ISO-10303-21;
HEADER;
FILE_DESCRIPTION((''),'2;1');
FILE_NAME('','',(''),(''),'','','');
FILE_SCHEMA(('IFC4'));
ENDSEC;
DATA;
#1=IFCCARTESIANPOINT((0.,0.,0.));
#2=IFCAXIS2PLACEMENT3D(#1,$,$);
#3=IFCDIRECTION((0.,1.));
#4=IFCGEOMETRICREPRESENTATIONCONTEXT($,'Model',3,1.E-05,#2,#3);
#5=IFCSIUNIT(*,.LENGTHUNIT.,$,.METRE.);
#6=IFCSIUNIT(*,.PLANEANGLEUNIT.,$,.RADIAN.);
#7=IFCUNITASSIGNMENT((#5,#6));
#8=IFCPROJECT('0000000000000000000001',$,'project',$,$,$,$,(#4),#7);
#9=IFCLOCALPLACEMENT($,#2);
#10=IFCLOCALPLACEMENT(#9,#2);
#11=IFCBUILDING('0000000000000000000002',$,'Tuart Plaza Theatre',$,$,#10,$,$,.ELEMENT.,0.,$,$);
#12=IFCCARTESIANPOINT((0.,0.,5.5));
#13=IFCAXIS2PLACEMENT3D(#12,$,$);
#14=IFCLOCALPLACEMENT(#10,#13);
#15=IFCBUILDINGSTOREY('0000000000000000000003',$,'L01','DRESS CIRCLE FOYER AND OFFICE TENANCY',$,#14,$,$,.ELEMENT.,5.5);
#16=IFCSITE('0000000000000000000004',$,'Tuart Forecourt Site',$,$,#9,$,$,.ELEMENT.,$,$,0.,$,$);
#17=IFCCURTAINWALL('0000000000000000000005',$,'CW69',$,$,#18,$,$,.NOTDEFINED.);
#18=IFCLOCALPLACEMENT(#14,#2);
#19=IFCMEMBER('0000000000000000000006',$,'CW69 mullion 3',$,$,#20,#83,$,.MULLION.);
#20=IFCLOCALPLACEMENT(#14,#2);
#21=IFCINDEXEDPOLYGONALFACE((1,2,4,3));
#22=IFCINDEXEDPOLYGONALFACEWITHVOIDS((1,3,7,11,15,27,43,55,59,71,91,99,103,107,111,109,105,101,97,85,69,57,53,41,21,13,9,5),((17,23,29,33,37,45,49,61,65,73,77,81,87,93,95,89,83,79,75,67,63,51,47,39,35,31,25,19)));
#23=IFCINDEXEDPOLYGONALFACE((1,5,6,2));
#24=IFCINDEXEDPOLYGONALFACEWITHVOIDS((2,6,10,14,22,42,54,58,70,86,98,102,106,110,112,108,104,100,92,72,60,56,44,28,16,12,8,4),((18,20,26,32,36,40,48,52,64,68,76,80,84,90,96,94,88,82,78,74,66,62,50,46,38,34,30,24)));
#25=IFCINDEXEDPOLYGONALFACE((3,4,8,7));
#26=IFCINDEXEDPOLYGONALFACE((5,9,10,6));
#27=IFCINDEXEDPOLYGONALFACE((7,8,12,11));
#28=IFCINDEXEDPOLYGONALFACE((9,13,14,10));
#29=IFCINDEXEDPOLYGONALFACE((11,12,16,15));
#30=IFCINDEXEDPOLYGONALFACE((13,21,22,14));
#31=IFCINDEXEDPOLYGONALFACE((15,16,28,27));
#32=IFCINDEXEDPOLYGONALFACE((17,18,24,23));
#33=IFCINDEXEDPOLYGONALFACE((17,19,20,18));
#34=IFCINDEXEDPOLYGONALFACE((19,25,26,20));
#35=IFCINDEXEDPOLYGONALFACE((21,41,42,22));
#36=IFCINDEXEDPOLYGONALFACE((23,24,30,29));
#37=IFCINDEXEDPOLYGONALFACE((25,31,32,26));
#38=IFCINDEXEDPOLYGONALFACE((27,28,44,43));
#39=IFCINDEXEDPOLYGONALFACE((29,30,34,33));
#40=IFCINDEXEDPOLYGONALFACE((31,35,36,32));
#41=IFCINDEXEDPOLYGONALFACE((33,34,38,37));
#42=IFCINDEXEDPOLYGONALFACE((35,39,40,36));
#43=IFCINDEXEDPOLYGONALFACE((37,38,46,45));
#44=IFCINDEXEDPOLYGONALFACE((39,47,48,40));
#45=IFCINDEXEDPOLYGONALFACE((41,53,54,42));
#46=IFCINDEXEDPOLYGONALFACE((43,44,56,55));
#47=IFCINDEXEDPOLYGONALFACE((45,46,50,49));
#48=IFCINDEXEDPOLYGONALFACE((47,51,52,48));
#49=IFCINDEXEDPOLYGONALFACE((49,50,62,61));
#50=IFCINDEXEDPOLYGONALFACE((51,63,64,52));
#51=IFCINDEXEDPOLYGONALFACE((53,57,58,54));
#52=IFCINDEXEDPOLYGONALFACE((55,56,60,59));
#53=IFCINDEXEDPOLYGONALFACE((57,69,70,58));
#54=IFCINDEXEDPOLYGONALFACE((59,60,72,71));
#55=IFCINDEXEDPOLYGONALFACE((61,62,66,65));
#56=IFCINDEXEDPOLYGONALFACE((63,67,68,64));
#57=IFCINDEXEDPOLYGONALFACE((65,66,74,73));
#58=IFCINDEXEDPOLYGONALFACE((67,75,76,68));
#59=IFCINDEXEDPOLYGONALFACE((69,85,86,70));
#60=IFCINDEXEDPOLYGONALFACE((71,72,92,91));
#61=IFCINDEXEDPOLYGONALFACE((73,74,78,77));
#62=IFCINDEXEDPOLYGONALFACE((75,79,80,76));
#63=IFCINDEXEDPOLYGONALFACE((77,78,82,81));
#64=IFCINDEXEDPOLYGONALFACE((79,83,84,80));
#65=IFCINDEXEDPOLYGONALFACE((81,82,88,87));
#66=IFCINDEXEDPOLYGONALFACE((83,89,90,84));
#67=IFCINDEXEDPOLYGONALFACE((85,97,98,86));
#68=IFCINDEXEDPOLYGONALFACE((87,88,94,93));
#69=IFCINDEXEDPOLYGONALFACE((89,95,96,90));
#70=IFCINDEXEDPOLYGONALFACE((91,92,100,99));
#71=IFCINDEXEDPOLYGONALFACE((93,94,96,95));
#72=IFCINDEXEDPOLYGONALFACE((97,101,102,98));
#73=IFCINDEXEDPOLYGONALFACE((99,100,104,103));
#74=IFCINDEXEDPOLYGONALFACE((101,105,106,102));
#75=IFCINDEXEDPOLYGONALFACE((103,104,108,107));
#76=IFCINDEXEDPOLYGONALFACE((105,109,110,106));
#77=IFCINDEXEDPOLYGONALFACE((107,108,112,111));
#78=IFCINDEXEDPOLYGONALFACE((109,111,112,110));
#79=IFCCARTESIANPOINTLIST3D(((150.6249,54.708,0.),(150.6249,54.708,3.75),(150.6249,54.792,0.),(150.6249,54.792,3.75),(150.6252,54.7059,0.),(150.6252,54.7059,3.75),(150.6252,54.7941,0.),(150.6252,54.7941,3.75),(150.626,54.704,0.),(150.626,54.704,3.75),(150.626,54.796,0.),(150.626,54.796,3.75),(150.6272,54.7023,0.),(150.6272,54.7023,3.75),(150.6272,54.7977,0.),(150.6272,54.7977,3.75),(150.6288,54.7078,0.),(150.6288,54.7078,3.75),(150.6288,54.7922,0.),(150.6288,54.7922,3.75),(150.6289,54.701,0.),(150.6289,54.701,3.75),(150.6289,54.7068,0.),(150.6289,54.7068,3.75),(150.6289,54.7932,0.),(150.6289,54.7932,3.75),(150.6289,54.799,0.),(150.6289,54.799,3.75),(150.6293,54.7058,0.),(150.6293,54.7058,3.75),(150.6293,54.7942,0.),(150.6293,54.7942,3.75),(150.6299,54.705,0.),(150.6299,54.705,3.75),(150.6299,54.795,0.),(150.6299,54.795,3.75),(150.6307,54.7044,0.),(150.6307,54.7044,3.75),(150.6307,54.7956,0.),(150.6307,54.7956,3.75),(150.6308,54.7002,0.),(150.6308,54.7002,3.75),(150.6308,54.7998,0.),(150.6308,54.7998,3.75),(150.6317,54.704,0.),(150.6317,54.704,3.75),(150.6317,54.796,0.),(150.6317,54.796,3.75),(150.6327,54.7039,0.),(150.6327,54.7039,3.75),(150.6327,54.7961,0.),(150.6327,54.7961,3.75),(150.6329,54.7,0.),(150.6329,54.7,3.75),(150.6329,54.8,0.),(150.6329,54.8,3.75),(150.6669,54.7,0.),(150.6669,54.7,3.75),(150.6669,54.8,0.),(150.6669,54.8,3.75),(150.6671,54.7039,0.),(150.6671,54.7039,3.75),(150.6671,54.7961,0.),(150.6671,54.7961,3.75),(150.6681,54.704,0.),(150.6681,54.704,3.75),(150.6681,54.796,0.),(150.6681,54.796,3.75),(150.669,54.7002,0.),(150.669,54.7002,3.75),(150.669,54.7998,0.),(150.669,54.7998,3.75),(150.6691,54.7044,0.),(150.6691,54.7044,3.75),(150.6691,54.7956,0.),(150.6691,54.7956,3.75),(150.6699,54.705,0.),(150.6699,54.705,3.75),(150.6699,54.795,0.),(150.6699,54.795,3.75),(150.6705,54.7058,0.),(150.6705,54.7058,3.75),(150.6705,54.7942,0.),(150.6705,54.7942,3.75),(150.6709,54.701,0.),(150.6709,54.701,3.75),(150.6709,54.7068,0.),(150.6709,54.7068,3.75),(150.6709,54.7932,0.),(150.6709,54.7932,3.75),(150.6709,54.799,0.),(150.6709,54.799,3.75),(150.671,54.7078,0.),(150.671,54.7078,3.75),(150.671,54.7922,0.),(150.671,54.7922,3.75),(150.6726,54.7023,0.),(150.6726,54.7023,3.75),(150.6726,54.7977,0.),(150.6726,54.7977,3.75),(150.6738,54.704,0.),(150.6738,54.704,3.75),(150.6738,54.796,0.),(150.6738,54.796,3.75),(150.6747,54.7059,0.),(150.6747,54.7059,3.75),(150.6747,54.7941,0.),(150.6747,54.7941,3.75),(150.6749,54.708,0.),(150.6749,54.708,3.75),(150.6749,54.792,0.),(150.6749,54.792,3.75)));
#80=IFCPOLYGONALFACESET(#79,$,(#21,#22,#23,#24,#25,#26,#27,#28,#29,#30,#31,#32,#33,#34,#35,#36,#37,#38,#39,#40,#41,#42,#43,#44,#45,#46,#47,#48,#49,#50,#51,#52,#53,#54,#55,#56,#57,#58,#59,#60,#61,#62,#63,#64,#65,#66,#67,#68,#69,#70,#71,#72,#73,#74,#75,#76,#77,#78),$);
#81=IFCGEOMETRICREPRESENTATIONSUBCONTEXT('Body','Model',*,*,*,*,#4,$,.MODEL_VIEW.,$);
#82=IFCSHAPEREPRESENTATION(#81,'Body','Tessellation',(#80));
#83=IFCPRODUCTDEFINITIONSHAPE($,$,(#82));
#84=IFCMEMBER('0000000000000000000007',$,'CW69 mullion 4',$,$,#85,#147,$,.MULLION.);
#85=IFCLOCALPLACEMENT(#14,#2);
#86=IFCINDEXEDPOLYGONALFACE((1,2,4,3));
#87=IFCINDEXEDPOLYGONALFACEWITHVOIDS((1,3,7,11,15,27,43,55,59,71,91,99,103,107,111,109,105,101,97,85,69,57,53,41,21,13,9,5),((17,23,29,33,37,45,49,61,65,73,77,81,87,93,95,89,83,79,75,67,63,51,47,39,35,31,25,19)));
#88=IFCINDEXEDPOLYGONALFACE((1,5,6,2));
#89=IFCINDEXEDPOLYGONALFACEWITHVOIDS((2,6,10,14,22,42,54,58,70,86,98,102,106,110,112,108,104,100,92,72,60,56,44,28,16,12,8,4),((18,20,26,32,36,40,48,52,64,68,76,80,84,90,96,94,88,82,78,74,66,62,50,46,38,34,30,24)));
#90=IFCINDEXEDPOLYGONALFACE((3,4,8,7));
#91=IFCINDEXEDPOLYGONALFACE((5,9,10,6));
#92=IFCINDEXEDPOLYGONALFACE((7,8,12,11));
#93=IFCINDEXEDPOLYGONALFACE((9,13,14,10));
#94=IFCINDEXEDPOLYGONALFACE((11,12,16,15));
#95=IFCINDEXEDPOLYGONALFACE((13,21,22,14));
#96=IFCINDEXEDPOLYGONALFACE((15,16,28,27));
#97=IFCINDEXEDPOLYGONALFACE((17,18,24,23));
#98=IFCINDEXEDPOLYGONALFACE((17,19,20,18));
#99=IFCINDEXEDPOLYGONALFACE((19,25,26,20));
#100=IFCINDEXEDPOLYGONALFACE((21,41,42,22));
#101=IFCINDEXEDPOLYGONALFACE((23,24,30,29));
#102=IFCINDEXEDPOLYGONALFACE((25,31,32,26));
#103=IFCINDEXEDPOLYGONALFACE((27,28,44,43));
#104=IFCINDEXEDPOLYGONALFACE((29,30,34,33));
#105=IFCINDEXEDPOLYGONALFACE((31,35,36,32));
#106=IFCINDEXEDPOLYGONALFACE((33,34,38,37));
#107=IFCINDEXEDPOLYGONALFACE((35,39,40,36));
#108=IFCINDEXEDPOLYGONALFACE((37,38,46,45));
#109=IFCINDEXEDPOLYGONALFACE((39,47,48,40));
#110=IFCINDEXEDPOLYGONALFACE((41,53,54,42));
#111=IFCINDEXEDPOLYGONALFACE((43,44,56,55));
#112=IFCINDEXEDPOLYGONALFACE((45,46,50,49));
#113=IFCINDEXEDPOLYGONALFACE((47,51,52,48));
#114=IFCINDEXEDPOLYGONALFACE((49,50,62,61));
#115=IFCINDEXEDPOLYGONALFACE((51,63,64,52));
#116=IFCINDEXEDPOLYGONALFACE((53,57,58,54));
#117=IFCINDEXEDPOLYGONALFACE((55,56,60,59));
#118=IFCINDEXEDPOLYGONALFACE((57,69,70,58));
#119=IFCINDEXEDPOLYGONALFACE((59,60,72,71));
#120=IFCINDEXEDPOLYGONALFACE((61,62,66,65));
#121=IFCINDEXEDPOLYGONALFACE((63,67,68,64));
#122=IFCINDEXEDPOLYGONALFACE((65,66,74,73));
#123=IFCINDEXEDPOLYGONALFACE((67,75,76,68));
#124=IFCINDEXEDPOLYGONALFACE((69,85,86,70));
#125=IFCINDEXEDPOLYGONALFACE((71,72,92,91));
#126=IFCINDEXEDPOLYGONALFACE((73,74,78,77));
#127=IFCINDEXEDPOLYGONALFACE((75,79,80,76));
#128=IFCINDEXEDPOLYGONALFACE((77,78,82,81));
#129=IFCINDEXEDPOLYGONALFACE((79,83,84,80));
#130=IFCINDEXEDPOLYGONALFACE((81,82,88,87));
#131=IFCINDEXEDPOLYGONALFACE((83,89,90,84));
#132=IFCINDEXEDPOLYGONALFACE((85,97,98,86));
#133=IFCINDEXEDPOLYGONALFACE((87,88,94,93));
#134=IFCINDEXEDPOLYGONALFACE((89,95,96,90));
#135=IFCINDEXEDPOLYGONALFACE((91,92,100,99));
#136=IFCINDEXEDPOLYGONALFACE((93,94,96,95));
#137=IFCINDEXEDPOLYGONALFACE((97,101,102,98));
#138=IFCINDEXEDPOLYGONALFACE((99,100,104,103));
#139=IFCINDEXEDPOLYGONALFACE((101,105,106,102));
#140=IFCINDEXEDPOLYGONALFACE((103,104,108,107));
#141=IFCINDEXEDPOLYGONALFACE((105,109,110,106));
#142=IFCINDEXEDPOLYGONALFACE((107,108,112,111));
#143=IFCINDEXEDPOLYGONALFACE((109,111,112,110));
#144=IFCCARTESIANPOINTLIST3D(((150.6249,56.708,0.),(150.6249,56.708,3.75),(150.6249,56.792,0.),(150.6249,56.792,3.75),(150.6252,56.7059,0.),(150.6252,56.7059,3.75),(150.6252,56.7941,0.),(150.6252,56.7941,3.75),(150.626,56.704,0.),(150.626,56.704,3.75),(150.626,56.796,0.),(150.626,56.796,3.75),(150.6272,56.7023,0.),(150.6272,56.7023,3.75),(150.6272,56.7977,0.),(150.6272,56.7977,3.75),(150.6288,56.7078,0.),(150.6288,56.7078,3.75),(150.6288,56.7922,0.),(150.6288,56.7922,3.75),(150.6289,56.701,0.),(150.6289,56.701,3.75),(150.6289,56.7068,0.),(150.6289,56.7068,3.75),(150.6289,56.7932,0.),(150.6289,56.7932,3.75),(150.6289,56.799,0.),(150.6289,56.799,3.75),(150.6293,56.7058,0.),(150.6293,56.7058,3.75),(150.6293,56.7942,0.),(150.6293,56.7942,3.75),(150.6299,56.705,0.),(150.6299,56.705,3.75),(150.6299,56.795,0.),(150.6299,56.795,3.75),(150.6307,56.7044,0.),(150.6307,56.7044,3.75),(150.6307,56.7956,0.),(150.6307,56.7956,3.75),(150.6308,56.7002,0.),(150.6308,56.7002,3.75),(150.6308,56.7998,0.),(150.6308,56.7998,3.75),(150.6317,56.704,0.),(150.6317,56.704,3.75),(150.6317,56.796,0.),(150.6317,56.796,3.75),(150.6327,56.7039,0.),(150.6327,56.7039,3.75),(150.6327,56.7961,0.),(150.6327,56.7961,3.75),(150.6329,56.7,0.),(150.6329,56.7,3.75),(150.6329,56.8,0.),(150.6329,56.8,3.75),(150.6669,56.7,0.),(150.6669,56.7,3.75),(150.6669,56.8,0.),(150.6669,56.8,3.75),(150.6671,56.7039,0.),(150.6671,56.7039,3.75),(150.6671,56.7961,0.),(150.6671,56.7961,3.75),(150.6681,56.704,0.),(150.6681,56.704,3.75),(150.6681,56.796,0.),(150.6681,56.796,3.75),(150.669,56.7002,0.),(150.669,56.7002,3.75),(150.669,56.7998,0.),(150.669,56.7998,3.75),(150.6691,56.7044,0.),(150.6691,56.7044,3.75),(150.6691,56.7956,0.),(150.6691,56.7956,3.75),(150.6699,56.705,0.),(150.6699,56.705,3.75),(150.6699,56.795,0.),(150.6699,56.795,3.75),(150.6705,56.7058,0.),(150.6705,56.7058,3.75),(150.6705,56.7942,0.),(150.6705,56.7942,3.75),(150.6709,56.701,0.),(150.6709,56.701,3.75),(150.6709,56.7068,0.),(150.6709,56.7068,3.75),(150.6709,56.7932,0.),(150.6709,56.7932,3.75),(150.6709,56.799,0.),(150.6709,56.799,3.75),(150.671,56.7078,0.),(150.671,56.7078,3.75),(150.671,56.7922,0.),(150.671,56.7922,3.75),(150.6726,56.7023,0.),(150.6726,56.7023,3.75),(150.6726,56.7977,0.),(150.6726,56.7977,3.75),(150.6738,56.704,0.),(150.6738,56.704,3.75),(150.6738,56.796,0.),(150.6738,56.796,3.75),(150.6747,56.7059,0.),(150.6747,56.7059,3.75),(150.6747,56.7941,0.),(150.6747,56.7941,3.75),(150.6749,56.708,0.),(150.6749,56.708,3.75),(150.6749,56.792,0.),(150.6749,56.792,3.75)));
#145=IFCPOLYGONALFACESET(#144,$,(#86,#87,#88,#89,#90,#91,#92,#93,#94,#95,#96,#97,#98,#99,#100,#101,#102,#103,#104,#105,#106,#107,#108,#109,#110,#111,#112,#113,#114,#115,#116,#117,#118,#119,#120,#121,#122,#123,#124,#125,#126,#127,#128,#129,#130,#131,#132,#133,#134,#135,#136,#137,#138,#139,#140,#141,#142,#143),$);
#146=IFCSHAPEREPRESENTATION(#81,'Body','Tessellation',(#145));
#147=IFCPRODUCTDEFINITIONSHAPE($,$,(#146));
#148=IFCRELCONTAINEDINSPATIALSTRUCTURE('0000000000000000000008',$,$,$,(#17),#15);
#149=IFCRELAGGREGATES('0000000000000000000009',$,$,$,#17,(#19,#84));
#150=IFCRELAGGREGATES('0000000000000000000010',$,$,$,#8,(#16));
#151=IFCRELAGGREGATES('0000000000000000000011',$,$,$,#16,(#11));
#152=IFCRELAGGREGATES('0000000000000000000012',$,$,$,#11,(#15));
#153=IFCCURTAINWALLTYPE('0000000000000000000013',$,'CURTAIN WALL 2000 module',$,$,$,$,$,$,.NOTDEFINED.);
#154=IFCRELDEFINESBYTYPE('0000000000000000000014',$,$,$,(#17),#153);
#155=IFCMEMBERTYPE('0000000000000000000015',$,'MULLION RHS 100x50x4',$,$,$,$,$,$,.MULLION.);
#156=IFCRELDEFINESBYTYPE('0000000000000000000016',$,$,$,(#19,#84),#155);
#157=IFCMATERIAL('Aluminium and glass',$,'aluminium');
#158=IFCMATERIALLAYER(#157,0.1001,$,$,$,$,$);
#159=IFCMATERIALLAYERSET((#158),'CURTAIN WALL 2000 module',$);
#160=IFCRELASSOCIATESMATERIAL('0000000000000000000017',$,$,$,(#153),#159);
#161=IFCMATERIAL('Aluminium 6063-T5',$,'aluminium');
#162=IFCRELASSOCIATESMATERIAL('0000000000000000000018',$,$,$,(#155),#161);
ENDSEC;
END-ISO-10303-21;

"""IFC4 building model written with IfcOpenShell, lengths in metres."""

from ifc_helpers import new_model, si_unit, direction, frame, origin, origin_2d, place, context, subcontext, project, spatial, hollow_rectangle, extrude, material, layer, layer_set, material_profile, profile_set, type_object, element, aggregate, save


model = new_model("IFC4")

# Units and contexts
model_context = context("Model", 3, precision=1e-05, world=origin(), true_north=direction((0.0, 1.0)))
body_context = subcontext(model_context, "Body", "Model", "MODEL_VIEW")
ifc_project = project(units=[si_unit("LENGTHUNIT", "METRE"), si_unit("PLANEANGLEUNIT", "RADIAN")], contexts=[model_context])

# Site, building, storey
site_placement = place(None, origin())
site = spatial("IfcSite", under=ifc_project, at=site_placement, Name="Tuart Forecourt Site", CompositionType="ELEMENT", RefElevation=0.0)
building_placement = place(site_placement, origin())
building = spatial("IfcBuilding", under=site, at=building_placement, Name="Tuart Plaza Theatre", CompositionType="ELEMENT", ElevationOfRefHeight=0.0)
storey_placement = place(building_placement, frame((0.0, 0.0, 5.5)))
storey = spatial("IfcBuildingStorey", under=building, at=storey_placement, Name="L01", Description="DRESS CIRCLE FOYER AND OFFICE TENANCY", CompositionType="ELEMENT", Elevation=5.5)

# Curtain wall, members
ifc_material_1 = material(Name="Aluminium and glass", Category="aluminium")
ifc_layer_1 = layer(ifc_material_1, 0.1001)
ifc_layer_set_1 = layer_set([ifc_layer_1], Name="CURTAIN WALL 2000 module")
curtain_wall_type = type_object("IfcCurtainWallType", Name="CURTAIN WALL 2000 module", PredefinedType="NOTDEFINED", material=ifc_layer_set_1)
curtain_wall_placement = place(storey_placement, origin())
curtain_wall = element("IfcCurtainWall", 1, at=curtain_wall_placement, inside=storey, type_object=curtain_wall_type, Name="CW69", PredefinedType="NOTDEFINED")
ifc_material_2 = material(Name="Aluminium 6063-T5", Category="aluminium")
ifc_material_profile_1 = material_profile(ifc_material_2, hollow_rectangle(XDim=0.05, YDim=0.1001, WallThickness=0.0039, InnerFilletRadius=0.0039, OuterFilletRadius=0.0081, at=origin_2d()), Name="RHS 100x50x4")
ifc_profile_set_1 = profile_set([ifc_material_profile_1], Name="Aluminium 6063-T5")
member_type_1 = type_object("IfcMemberType", Name="MULLION RHS 100x50x4", PredefinedType="MULLION", material=ifc_profile_set_1)
member_1_placement = place(storey_placement, frame((150.6499, 54.75, 0.0), z_axis=(0.0, 0.0, 1.0), x_axis=(-1.0, 0.0, 0.0)))
member_1 = element("IfcMember", 2, at=member_1_placement, type_object=member_type_1, Name="CW69 mullion 3", PredefinedType="MULLION", context=body_context, shape_type="SweptSolid", body=[
    extrude(hollow_rectangle(XDim=0.05, YDim=0.1001, WallThickness=0.0039, InnerFilletRadius=0.0039, OuterFilletRadius=0.0081, at=origin_2d()), origin(), (0.0, 0.0, 1.0), 3.75),
])
member_2_placement = place(storey_placement, frame((150.6499, 56.75, 0.0), z_axis=(0.0, 0.0, 1.0), x_axis=(-1.0, 0.0, 0.0)))
member_2 = element("IfcMember", 3, at=member_2_placement, type_object=member_type_1, Name="CW69 mullion 4", PredefinedType="MULLION", context=body_context, shape_type="SweptSolid", body=[
    extrude(hollow_rectangle(XDim=0.05, YDim=0.1001, WallThickness=0.0039, InnerFilletRadius=0.0039, OuterFilletRadius=0.0081, at=origin_2d()), origin(), (0.0, 0.0, 1.0), 3.75),
])
aggregate(curtain_wall, [member_1, member_2])

save(model, "model.ifc")
